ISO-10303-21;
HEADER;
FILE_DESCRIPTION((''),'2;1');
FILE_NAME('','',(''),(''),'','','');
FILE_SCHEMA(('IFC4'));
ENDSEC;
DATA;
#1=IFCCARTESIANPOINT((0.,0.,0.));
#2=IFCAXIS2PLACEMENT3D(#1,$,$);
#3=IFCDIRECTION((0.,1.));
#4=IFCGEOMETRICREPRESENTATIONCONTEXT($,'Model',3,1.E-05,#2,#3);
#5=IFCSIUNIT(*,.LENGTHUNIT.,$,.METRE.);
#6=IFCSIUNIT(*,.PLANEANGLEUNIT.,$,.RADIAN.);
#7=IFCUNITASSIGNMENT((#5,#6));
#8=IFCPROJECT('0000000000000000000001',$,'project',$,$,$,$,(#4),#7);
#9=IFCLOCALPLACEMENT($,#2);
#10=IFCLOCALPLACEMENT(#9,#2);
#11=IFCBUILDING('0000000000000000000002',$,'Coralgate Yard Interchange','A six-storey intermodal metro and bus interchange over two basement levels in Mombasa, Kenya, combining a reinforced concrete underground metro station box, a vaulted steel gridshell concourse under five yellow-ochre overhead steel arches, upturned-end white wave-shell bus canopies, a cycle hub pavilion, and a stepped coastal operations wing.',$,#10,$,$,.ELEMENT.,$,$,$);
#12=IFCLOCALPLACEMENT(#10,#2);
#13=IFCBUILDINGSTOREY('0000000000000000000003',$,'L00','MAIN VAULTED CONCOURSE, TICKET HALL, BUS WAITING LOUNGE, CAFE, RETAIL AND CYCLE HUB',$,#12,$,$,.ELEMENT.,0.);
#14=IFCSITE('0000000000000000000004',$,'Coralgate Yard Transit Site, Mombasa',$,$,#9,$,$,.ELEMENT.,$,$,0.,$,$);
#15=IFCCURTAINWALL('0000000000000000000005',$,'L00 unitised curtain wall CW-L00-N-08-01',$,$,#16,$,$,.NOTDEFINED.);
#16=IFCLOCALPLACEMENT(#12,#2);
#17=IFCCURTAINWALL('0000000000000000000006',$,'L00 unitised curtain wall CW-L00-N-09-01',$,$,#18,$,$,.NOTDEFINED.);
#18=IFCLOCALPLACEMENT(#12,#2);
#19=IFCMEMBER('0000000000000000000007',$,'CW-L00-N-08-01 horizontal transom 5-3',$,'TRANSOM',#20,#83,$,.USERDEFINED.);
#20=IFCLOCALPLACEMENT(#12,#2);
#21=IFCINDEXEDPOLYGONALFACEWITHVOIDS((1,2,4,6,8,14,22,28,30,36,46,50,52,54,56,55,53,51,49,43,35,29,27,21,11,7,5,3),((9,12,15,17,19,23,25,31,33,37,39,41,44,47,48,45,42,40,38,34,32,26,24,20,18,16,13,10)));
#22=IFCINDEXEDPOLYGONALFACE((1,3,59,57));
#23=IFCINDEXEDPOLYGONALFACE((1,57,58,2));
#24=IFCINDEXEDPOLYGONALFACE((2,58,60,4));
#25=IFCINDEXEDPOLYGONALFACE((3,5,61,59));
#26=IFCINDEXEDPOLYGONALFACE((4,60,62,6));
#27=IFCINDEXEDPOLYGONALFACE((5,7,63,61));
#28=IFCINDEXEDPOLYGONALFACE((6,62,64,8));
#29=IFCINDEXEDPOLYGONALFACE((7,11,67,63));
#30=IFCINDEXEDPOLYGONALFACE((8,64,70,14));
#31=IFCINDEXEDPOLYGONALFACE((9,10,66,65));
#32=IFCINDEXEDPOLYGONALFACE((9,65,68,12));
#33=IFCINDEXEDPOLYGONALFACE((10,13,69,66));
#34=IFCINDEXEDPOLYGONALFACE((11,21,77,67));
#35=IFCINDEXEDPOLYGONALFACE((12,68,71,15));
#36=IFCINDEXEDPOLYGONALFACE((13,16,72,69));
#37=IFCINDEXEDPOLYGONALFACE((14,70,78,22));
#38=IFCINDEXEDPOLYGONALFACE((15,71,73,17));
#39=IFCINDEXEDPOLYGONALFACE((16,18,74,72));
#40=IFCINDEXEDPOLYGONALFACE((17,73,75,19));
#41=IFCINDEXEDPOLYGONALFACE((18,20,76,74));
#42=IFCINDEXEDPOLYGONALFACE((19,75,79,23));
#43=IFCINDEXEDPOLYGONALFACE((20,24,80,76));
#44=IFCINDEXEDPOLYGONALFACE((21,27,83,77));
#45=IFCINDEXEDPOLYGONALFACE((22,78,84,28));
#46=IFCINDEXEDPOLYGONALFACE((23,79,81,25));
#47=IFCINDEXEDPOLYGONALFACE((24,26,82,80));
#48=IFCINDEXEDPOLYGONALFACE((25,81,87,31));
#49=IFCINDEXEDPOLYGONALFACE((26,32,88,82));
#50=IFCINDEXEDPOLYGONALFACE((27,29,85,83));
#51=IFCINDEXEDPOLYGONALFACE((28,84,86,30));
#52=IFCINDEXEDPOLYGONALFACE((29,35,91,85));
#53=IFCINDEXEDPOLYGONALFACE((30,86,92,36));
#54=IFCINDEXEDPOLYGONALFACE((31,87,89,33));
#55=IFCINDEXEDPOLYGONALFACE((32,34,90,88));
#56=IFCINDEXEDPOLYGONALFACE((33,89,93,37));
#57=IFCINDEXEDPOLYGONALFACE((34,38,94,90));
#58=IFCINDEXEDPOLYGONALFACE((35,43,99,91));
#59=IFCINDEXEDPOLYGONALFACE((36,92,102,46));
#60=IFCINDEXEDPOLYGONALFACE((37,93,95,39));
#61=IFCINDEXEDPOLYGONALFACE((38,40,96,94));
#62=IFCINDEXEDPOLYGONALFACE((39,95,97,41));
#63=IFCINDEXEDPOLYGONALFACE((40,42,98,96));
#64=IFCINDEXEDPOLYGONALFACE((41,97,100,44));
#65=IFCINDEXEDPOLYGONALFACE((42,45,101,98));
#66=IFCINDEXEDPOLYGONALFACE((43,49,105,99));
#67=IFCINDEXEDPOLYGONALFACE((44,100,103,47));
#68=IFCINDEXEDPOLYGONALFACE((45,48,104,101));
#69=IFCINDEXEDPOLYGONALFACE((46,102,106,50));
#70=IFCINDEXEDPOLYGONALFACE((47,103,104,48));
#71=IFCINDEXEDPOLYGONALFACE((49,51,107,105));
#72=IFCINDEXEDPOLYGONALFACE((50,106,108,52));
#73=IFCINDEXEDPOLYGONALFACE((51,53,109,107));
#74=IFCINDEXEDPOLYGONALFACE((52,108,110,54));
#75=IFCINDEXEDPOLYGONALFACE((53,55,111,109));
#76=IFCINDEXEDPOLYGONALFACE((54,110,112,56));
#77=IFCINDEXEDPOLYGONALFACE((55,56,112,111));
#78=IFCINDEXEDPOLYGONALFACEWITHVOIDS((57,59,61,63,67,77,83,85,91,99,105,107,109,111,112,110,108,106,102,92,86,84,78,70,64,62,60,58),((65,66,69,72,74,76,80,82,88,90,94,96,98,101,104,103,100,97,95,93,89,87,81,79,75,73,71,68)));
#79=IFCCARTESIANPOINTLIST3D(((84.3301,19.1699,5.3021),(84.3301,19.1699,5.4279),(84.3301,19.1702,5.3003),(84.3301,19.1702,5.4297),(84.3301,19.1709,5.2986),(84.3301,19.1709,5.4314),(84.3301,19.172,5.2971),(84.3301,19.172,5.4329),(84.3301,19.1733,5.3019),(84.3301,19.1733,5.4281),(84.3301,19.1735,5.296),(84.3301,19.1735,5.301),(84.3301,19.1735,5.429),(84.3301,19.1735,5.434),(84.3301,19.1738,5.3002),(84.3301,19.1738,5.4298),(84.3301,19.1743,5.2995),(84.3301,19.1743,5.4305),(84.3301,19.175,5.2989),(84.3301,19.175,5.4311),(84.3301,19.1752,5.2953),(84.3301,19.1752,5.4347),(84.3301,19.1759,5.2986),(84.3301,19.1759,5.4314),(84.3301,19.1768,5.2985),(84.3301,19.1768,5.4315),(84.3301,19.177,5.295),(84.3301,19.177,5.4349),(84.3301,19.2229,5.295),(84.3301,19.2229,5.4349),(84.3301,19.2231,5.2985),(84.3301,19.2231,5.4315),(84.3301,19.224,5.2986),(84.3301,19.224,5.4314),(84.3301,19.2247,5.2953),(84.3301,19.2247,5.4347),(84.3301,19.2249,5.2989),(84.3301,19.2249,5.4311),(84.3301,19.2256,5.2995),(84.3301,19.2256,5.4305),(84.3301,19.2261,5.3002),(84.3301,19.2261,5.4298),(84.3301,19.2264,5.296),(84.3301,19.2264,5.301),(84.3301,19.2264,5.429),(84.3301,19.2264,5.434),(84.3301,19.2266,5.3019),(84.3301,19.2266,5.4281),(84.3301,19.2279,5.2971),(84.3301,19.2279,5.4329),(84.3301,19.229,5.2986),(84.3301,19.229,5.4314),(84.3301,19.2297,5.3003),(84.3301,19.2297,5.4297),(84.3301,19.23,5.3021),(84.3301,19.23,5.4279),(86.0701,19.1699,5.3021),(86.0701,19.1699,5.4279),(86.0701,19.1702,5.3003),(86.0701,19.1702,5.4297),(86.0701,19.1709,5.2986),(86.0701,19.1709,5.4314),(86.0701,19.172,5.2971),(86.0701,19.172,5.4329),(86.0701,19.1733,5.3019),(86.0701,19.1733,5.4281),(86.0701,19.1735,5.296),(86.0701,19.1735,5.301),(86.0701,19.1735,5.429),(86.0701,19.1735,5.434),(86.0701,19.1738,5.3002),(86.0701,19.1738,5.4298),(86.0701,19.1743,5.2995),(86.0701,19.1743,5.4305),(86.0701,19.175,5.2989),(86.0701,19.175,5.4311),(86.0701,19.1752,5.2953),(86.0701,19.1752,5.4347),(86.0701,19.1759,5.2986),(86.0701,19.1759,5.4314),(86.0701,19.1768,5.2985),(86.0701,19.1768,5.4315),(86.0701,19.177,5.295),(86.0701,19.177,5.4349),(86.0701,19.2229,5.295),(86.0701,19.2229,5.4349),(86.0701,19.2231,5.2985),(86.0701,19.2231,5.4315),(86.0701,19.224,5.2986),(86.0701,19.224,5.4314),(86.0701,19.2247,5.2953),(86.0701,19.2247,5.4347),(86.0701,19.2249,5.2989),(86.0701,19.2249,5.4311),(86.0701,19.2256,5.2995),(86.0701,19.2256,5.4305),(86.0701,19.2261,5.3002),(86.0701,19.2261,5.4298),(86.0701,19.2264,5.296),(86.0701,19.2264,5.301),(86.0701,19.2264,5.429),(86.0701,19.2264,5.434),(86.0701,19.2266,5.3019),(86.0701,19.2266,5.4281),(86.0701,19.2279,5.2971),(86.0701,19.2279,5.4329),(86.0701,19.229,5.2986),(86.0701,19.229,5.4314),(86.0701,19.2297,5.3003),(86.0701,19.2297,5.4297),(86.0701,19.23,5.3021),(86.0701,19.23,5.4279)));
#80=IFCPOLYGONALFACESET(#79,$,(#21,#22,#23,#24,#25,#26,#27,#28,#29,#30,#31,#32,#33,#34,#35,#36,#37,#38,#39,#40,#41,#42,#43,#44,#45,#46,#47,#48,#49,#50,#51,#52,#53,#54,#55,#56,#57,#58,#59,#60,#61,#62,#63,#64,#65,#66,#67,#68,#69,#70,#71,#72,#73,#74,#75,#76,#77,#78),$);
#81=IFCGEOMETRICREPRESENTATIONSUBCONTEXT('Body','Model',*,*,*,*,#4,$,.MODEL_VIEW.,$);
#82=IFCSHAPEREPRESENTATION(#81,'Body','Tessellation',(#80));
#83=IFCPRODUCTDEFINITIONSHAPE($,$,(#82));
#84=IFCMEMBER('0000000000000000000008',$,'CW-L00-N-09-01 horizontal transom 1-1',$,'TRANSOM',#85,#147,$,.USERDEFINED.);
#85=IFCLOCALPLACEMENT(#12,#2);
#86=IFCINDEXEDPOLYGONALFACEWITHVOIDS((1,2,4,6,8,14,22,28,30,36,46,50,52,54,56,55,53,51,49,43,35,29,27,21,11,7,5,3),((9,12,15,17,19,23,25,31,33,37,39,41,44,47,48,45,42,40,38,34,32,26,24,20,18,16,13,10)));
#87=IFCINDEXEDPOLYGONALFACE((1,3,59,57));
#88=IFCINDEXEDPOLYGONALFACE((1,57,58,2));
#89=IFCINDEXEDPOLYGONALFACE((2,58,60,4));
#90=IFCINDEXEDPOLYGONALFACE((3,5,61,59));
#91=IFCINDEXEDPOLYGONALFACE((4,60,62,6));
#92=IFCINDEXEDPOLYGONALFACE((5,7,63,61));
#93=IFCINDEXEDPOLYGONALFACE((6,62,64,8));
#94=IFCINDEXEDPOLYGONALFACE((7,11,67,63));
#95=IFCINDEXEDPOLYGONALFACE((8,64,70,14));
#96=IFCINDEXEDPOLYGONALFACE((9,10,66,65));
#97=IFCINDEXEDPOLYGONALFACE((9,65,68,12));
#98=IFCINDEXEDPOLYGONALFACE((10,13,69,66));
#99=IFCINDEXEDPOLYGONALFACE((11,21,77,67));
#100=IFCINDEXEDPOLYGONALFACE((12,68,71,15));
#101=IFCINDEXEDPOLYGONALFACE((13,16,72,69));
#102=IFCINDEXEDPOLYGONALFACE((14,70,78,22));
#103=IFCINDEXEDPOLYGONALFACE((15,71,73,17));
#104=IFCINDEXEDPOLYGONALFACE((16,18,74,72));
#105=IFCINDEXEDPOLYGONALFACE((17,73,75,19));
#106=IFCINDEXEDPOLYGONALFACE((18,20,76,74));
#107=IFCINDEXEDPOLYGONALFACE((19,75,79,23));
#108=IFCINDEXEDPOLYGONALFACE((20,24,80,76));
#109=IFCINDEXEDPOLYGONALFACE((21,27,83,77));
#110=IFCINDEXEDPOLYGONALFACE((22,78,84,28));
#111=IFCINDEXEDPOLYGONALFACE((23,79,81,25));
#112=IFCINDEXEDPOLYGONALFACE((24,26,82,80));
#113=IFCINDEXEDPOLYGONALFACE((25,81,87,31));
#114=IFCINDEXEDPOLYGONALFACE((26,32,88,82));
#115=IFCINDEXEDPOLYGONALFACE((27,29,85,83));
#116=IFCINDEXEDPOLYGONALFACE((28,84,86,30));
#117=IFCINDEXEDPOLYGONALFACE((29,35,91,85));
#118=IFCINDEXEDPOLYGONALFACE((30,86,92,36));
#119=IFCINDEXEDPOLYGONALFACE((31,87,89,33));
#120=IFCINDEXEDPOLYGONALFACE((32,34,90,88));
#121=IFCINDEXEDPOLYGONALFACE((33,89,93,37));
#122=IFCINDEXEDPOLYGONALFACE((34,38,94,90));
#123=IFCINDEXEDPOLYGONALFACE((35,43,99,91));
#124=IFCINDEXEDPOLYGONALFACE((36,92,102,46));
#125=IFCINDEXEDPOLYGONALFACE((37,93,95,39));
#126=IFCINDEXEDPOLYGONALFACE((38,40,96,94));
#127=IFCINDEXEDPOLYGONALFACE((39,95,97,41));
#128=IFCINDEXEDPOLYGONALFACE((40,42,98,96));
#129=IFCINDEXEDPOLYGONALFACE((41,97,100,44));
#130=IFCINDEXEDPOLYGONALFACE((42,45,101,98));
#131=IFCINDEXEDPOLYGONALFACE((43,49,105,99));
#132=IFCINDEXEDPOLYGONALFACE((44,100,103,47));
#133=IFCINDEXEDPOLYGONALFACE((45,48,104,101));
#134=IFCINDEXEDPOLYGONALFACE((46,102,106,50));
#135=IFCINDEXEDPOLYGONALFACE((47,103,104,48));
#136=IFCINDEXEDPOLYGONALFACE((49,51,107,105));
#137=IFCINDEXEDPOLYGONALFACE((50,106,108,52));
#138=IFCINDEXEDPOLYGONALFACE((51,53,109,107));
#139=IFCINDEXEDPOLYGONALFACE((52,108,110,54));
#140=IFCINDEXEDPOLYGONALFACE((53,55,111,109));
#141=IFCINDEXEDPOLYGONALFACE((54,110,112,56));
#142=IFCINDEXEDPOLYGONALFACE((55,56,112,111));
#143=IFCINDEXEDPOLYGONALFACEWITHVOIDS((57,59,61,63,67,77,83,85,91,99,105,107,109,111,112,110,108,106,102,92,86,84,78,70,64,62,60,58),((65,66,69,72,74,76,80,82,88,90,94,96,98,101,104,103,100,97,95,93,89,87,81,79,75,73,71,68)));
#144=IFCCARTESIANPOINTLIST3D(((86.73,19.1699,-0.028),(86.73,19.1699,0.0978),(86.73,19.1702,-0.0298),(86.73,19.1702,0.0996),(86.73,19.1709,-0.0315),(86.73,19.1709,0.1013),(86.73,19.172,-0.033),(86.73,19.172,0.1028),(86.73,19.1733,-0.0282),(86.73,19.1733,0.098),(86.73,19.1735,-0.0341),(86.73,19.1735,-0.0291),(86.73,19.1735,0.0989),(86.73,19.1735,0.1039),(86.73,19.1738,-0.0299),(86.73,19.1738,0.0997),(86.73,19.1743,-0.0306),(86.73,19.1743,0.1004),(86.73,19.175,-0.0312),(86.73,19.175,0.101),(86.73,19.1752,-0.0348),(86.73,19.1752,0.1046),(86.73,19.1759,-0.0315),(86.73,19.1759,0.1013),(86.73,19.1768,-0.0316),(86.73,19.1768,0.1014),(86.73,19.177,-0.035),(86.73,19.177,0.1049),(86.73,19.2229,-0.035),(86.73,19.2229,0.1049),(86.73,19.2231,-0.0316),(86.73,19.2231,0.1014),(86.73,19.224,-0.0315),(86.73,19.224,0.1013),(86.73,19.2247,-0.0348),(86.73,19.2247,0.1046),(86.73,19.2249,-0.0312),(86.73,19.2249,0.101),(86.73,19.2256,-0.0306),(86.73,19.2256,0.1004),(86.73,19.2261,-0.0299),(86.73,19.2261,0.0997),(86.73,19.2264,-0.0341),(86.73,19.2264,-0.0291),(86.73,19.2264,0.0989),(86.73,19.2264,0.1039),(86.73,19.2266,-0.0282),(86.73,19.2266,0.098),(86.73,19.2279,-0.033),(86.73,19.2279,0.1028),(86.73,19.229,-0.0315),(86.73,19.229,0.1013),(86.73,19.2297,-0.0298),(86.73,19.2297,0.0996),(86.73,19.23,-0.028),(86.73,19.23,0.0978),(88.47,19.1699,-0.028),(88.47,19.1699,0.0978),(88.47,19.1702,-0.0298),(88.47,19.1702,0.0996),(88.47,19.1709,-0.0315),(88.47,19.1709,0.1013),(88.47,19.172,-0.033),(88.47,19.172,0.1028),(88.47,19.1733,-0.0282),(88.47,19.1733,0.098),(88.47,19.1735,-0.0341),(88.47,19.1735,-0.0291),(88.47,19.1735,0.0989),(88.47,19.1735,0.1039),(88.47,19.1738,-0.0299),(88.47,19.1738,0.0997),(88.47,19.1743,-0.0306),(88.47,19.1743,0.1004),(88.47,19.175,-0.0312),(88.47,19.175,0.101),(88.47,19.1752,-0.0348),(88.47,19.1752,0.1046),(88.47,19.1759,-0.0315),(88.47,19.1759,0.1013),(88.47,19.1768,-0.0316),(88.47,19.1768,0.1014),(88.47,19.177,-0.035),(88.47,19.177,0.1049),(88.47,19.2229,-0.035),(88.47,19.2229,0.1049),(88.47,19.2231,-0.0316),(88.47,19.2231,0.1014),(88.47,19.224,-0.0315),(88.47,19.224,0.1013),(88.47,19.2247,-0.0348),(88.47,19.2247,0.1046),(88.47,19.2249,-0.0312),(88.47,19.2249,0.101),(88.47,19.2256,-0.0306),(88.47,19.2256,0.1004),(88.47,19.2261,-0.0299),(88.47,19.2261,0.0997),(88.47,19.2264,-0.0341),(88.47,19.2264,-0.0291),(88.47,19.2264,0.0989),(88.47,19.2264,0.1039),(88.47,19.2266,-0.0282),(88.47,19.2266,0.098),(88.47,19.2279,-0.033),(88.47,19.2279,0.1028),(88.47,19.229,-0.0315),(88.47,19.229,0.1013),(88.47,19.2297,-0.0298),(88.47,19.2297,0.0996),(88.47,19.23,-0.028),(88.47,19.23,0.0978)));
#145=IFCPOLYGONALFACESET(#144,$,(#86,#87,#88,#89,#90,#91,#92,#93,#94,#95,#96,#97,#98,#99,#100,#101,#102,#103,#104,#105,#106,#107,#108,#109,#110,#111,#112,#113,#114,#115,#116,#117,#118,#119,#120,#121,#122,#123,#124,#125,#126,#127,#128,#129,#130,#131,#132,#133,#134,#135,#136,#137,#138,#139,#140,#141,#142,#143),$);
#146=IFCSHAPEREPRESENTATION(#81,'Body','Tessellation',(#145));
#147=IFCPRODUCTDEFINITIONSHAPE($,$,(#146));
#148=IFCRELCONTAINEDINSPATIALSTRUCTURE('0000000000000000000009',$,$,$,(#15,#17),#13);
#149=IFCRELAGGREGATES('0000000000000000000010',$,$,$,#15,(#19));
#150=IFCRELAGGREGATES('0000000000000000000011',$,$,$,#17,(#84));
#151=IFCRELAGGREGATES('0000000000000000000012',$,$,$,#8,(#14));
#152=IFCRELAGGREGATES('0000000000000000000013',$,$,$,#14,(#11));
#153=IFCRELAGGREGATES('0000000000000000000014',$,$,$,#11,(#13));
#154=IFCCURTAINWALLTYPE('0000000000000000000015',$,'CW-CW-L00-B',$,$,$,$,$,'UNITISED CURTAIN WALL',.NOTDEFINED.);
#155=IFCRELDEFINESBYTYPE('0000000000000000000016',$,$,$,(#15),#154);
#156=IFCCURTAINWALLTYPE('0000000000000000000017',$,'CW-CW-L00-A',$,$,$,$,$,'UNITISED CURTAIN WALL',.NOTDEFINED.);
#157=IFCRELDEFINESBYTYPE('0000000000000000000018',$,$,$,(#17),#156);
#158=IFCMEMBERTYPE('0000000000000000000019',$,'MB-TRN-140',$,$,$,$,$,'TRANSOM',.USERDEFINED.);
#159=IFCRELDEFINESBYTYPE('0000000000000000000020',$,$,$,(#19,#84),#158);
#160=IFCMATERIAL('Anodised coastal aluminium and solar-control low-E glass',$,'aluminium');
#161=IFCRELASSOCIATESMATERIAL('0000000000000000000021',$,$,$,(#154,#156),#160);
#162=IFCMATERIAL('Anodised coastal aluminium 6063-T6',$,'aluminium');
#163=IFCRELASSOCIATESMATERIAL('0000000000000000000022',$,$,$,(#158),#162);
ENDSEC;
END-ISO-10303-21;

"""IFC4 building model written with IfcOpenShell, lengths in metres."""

from ifc_helpers import new_model, si_unit, direction, frame, origin, origin_2d, place, context, subcontext, project, spatial, hollow_rectangle, extrude, material, material_profile, profile_set, type_object, element, aggregate, save


model = new_model("IFC4")

# Units and contexts
model_context = context("Model", 3, precision=1e-05, world=origin(), true_north=direction((0.0, 1.0)))
body_context = subcontext(model_context, "Body", "Model", "MODEL_VIEW")
ifc_project = project(units=[si_unit("LENGTHUNIT", "METRE"), si_unit("PLANEANGLEUNIT", "RADIAN")], contexts=[model_context])

# Site, building, storey
site_placement = place(None, origin())
site = spatial("IfcSite", under=ifc_project, at=site_placement, Name="Coralgate Yard Transit Site, Mombasa", CompositionType="ELEMENT", RefElevation=0.0)
building_placement = place(site_placement, origin())
building = spatial("IfcBuilding", under=site, at=building_placement, Name="Coralgate Yard Interchange", Description="A six-storey intermodal metro and bus interchange over two basement levels in Mombasa, Kenya, combining a reinforced concrete underground metro station box, a vaulted steel gridshell concourse under five yellow-ochre overhead steel arches, upturned-end white wave-shell bus canopies, a cycle hub pavilion, and a stepped coastal operations wing.", CompositionType="ELEMENT")
storey_placement = place(building_placement, origin())
storey = spatial("IfcBuildingStorey", under=building, at=storey_placement, Name="L00", Description="MAIN VAULTED CONCOURSE, TICKET HALL, BUS WAITING LOUNGE, CAFE, RETAIL AND CYCLE HUB", CompositionType="ELEMENT", Elevation=0.0)

# Curtain wall
ifc_material_1 = material(Name="Anodised coastal aluminium and solar-control low-E glass", Category="aluminium")
curtain_wall_type_1 = type_object("IfcCurtainWallType", Name="CW-CW-L00-B", ElementType="UNITISED CURTAIN WALL", PredefinedType="NOTDEFINED", material=ifc_material_1)
curtain_wall_1_placement = place(storey_placement, origin())
curtain_wall_1 = element("IfcCurtainWall", 1, at=curtain_wall_1_placement, inside=storey, type_object=curtain_wall_type_1, Name="L00 unitised curtain wall CW-L00-N-08-01", PredefinedType="NOTDEFINED")
ifc_material_2 = material(Name="Anodised coastal aluminium 6063-T6", Category="aluminium")

# Curtain wall
curtain_wall_type_2 = type_object("IfcCurtainWallType", Name="CW-CW-L00-A", ElementType="UNITISED CURTAIN WALL", PredefinedType="NOTDEFINED", material=ifc_material_1)
curtain_wall_2_placement = place(storey_placement, origin())
curtain_wall_2 = element("IfcCurtainWall", 2, at=curtain_wall_2_placement, inside=storey, type_object=curtain_wall_type_2, Name="L00 unitised curtain wall CW-L00-N-09-01", PredefinedType="NOTDEFINED")

# Members
ifc_material_profile_1 = material_profile(ifc_material_2, hollow_rectangle(XDim=0.0601, YDim=0.1399, WallThickness=0.0034, InnerFilletRadius=0.0034, OuterFilletRadius=0.0071, at=origin_2d()), Name="ALU 60x140x3.5")
ifc_profile_set_1 = profile_set([ifc_material_profile_1], Name="Anodised coastal aluminium 6063-T6")
member_type_1 = type_object("IfcMemberType", Name="MB-TRN-140", ElementType="TRANSOM", PredefinedType="USERDEFINED", material=ifc_profile_set_1)
member_1_placement = place(storey_placement, frame((84.3301, 19.2, 5.365), z_axis=(1.0, 0.0, 0.0), x_axis=(0.0, 1.0, 0.0)))
member_1 = element("IfcMember", 3, at=member_1_placement, type_object=member_type_1, Name="CW-L00-N-08-01 horizontal transom 5-3", ObjectType="TRANSOM", PredefinedType="USERDEFINED", context=body_context, shape_type="SweptSolid", body=[
    extrude(hollow_rectangle(XDim=0.0601, YDim=0.1399, WallThickness=0.0034, InnerFilletRadius=0.0034, OuterFilletRadius=0.0071, at=origin_2d()), origin(), (0.0, 0.0, 1.0), 1.74),
])
member_2_placement = place(storey_placement, frame((86.73, 19.2, 0.0349), z_axis=(1.0, 0.0, 0.0), x_axis=(0.0, 1.0, 0.0)))
member_2 = element("IfcMember", 4, at=member_2_placement, type_object=member_type_1, Name="CW-L00-N-09-01 horizontal transom 1-1", ObjectType="TRANSOM", PredefinedType="USERDEFINED", context=body_context, shape_type="SweptSolid", body=[
    extrude(hollow_rectangle(XDim=0.0601, YDim=0.1399, WallThickness=0.0034, InnerFilletRadius=0.0034, OuterFilletRadius=0.0071, at=origin_2d()), origin(), (0.0, 0.0, 1.0), 1.74),
])

aggregate(curtain_wall_1, [member_1])
aggregate(curtain_wall_2, [member_2])

save(model, "model.ifc")
